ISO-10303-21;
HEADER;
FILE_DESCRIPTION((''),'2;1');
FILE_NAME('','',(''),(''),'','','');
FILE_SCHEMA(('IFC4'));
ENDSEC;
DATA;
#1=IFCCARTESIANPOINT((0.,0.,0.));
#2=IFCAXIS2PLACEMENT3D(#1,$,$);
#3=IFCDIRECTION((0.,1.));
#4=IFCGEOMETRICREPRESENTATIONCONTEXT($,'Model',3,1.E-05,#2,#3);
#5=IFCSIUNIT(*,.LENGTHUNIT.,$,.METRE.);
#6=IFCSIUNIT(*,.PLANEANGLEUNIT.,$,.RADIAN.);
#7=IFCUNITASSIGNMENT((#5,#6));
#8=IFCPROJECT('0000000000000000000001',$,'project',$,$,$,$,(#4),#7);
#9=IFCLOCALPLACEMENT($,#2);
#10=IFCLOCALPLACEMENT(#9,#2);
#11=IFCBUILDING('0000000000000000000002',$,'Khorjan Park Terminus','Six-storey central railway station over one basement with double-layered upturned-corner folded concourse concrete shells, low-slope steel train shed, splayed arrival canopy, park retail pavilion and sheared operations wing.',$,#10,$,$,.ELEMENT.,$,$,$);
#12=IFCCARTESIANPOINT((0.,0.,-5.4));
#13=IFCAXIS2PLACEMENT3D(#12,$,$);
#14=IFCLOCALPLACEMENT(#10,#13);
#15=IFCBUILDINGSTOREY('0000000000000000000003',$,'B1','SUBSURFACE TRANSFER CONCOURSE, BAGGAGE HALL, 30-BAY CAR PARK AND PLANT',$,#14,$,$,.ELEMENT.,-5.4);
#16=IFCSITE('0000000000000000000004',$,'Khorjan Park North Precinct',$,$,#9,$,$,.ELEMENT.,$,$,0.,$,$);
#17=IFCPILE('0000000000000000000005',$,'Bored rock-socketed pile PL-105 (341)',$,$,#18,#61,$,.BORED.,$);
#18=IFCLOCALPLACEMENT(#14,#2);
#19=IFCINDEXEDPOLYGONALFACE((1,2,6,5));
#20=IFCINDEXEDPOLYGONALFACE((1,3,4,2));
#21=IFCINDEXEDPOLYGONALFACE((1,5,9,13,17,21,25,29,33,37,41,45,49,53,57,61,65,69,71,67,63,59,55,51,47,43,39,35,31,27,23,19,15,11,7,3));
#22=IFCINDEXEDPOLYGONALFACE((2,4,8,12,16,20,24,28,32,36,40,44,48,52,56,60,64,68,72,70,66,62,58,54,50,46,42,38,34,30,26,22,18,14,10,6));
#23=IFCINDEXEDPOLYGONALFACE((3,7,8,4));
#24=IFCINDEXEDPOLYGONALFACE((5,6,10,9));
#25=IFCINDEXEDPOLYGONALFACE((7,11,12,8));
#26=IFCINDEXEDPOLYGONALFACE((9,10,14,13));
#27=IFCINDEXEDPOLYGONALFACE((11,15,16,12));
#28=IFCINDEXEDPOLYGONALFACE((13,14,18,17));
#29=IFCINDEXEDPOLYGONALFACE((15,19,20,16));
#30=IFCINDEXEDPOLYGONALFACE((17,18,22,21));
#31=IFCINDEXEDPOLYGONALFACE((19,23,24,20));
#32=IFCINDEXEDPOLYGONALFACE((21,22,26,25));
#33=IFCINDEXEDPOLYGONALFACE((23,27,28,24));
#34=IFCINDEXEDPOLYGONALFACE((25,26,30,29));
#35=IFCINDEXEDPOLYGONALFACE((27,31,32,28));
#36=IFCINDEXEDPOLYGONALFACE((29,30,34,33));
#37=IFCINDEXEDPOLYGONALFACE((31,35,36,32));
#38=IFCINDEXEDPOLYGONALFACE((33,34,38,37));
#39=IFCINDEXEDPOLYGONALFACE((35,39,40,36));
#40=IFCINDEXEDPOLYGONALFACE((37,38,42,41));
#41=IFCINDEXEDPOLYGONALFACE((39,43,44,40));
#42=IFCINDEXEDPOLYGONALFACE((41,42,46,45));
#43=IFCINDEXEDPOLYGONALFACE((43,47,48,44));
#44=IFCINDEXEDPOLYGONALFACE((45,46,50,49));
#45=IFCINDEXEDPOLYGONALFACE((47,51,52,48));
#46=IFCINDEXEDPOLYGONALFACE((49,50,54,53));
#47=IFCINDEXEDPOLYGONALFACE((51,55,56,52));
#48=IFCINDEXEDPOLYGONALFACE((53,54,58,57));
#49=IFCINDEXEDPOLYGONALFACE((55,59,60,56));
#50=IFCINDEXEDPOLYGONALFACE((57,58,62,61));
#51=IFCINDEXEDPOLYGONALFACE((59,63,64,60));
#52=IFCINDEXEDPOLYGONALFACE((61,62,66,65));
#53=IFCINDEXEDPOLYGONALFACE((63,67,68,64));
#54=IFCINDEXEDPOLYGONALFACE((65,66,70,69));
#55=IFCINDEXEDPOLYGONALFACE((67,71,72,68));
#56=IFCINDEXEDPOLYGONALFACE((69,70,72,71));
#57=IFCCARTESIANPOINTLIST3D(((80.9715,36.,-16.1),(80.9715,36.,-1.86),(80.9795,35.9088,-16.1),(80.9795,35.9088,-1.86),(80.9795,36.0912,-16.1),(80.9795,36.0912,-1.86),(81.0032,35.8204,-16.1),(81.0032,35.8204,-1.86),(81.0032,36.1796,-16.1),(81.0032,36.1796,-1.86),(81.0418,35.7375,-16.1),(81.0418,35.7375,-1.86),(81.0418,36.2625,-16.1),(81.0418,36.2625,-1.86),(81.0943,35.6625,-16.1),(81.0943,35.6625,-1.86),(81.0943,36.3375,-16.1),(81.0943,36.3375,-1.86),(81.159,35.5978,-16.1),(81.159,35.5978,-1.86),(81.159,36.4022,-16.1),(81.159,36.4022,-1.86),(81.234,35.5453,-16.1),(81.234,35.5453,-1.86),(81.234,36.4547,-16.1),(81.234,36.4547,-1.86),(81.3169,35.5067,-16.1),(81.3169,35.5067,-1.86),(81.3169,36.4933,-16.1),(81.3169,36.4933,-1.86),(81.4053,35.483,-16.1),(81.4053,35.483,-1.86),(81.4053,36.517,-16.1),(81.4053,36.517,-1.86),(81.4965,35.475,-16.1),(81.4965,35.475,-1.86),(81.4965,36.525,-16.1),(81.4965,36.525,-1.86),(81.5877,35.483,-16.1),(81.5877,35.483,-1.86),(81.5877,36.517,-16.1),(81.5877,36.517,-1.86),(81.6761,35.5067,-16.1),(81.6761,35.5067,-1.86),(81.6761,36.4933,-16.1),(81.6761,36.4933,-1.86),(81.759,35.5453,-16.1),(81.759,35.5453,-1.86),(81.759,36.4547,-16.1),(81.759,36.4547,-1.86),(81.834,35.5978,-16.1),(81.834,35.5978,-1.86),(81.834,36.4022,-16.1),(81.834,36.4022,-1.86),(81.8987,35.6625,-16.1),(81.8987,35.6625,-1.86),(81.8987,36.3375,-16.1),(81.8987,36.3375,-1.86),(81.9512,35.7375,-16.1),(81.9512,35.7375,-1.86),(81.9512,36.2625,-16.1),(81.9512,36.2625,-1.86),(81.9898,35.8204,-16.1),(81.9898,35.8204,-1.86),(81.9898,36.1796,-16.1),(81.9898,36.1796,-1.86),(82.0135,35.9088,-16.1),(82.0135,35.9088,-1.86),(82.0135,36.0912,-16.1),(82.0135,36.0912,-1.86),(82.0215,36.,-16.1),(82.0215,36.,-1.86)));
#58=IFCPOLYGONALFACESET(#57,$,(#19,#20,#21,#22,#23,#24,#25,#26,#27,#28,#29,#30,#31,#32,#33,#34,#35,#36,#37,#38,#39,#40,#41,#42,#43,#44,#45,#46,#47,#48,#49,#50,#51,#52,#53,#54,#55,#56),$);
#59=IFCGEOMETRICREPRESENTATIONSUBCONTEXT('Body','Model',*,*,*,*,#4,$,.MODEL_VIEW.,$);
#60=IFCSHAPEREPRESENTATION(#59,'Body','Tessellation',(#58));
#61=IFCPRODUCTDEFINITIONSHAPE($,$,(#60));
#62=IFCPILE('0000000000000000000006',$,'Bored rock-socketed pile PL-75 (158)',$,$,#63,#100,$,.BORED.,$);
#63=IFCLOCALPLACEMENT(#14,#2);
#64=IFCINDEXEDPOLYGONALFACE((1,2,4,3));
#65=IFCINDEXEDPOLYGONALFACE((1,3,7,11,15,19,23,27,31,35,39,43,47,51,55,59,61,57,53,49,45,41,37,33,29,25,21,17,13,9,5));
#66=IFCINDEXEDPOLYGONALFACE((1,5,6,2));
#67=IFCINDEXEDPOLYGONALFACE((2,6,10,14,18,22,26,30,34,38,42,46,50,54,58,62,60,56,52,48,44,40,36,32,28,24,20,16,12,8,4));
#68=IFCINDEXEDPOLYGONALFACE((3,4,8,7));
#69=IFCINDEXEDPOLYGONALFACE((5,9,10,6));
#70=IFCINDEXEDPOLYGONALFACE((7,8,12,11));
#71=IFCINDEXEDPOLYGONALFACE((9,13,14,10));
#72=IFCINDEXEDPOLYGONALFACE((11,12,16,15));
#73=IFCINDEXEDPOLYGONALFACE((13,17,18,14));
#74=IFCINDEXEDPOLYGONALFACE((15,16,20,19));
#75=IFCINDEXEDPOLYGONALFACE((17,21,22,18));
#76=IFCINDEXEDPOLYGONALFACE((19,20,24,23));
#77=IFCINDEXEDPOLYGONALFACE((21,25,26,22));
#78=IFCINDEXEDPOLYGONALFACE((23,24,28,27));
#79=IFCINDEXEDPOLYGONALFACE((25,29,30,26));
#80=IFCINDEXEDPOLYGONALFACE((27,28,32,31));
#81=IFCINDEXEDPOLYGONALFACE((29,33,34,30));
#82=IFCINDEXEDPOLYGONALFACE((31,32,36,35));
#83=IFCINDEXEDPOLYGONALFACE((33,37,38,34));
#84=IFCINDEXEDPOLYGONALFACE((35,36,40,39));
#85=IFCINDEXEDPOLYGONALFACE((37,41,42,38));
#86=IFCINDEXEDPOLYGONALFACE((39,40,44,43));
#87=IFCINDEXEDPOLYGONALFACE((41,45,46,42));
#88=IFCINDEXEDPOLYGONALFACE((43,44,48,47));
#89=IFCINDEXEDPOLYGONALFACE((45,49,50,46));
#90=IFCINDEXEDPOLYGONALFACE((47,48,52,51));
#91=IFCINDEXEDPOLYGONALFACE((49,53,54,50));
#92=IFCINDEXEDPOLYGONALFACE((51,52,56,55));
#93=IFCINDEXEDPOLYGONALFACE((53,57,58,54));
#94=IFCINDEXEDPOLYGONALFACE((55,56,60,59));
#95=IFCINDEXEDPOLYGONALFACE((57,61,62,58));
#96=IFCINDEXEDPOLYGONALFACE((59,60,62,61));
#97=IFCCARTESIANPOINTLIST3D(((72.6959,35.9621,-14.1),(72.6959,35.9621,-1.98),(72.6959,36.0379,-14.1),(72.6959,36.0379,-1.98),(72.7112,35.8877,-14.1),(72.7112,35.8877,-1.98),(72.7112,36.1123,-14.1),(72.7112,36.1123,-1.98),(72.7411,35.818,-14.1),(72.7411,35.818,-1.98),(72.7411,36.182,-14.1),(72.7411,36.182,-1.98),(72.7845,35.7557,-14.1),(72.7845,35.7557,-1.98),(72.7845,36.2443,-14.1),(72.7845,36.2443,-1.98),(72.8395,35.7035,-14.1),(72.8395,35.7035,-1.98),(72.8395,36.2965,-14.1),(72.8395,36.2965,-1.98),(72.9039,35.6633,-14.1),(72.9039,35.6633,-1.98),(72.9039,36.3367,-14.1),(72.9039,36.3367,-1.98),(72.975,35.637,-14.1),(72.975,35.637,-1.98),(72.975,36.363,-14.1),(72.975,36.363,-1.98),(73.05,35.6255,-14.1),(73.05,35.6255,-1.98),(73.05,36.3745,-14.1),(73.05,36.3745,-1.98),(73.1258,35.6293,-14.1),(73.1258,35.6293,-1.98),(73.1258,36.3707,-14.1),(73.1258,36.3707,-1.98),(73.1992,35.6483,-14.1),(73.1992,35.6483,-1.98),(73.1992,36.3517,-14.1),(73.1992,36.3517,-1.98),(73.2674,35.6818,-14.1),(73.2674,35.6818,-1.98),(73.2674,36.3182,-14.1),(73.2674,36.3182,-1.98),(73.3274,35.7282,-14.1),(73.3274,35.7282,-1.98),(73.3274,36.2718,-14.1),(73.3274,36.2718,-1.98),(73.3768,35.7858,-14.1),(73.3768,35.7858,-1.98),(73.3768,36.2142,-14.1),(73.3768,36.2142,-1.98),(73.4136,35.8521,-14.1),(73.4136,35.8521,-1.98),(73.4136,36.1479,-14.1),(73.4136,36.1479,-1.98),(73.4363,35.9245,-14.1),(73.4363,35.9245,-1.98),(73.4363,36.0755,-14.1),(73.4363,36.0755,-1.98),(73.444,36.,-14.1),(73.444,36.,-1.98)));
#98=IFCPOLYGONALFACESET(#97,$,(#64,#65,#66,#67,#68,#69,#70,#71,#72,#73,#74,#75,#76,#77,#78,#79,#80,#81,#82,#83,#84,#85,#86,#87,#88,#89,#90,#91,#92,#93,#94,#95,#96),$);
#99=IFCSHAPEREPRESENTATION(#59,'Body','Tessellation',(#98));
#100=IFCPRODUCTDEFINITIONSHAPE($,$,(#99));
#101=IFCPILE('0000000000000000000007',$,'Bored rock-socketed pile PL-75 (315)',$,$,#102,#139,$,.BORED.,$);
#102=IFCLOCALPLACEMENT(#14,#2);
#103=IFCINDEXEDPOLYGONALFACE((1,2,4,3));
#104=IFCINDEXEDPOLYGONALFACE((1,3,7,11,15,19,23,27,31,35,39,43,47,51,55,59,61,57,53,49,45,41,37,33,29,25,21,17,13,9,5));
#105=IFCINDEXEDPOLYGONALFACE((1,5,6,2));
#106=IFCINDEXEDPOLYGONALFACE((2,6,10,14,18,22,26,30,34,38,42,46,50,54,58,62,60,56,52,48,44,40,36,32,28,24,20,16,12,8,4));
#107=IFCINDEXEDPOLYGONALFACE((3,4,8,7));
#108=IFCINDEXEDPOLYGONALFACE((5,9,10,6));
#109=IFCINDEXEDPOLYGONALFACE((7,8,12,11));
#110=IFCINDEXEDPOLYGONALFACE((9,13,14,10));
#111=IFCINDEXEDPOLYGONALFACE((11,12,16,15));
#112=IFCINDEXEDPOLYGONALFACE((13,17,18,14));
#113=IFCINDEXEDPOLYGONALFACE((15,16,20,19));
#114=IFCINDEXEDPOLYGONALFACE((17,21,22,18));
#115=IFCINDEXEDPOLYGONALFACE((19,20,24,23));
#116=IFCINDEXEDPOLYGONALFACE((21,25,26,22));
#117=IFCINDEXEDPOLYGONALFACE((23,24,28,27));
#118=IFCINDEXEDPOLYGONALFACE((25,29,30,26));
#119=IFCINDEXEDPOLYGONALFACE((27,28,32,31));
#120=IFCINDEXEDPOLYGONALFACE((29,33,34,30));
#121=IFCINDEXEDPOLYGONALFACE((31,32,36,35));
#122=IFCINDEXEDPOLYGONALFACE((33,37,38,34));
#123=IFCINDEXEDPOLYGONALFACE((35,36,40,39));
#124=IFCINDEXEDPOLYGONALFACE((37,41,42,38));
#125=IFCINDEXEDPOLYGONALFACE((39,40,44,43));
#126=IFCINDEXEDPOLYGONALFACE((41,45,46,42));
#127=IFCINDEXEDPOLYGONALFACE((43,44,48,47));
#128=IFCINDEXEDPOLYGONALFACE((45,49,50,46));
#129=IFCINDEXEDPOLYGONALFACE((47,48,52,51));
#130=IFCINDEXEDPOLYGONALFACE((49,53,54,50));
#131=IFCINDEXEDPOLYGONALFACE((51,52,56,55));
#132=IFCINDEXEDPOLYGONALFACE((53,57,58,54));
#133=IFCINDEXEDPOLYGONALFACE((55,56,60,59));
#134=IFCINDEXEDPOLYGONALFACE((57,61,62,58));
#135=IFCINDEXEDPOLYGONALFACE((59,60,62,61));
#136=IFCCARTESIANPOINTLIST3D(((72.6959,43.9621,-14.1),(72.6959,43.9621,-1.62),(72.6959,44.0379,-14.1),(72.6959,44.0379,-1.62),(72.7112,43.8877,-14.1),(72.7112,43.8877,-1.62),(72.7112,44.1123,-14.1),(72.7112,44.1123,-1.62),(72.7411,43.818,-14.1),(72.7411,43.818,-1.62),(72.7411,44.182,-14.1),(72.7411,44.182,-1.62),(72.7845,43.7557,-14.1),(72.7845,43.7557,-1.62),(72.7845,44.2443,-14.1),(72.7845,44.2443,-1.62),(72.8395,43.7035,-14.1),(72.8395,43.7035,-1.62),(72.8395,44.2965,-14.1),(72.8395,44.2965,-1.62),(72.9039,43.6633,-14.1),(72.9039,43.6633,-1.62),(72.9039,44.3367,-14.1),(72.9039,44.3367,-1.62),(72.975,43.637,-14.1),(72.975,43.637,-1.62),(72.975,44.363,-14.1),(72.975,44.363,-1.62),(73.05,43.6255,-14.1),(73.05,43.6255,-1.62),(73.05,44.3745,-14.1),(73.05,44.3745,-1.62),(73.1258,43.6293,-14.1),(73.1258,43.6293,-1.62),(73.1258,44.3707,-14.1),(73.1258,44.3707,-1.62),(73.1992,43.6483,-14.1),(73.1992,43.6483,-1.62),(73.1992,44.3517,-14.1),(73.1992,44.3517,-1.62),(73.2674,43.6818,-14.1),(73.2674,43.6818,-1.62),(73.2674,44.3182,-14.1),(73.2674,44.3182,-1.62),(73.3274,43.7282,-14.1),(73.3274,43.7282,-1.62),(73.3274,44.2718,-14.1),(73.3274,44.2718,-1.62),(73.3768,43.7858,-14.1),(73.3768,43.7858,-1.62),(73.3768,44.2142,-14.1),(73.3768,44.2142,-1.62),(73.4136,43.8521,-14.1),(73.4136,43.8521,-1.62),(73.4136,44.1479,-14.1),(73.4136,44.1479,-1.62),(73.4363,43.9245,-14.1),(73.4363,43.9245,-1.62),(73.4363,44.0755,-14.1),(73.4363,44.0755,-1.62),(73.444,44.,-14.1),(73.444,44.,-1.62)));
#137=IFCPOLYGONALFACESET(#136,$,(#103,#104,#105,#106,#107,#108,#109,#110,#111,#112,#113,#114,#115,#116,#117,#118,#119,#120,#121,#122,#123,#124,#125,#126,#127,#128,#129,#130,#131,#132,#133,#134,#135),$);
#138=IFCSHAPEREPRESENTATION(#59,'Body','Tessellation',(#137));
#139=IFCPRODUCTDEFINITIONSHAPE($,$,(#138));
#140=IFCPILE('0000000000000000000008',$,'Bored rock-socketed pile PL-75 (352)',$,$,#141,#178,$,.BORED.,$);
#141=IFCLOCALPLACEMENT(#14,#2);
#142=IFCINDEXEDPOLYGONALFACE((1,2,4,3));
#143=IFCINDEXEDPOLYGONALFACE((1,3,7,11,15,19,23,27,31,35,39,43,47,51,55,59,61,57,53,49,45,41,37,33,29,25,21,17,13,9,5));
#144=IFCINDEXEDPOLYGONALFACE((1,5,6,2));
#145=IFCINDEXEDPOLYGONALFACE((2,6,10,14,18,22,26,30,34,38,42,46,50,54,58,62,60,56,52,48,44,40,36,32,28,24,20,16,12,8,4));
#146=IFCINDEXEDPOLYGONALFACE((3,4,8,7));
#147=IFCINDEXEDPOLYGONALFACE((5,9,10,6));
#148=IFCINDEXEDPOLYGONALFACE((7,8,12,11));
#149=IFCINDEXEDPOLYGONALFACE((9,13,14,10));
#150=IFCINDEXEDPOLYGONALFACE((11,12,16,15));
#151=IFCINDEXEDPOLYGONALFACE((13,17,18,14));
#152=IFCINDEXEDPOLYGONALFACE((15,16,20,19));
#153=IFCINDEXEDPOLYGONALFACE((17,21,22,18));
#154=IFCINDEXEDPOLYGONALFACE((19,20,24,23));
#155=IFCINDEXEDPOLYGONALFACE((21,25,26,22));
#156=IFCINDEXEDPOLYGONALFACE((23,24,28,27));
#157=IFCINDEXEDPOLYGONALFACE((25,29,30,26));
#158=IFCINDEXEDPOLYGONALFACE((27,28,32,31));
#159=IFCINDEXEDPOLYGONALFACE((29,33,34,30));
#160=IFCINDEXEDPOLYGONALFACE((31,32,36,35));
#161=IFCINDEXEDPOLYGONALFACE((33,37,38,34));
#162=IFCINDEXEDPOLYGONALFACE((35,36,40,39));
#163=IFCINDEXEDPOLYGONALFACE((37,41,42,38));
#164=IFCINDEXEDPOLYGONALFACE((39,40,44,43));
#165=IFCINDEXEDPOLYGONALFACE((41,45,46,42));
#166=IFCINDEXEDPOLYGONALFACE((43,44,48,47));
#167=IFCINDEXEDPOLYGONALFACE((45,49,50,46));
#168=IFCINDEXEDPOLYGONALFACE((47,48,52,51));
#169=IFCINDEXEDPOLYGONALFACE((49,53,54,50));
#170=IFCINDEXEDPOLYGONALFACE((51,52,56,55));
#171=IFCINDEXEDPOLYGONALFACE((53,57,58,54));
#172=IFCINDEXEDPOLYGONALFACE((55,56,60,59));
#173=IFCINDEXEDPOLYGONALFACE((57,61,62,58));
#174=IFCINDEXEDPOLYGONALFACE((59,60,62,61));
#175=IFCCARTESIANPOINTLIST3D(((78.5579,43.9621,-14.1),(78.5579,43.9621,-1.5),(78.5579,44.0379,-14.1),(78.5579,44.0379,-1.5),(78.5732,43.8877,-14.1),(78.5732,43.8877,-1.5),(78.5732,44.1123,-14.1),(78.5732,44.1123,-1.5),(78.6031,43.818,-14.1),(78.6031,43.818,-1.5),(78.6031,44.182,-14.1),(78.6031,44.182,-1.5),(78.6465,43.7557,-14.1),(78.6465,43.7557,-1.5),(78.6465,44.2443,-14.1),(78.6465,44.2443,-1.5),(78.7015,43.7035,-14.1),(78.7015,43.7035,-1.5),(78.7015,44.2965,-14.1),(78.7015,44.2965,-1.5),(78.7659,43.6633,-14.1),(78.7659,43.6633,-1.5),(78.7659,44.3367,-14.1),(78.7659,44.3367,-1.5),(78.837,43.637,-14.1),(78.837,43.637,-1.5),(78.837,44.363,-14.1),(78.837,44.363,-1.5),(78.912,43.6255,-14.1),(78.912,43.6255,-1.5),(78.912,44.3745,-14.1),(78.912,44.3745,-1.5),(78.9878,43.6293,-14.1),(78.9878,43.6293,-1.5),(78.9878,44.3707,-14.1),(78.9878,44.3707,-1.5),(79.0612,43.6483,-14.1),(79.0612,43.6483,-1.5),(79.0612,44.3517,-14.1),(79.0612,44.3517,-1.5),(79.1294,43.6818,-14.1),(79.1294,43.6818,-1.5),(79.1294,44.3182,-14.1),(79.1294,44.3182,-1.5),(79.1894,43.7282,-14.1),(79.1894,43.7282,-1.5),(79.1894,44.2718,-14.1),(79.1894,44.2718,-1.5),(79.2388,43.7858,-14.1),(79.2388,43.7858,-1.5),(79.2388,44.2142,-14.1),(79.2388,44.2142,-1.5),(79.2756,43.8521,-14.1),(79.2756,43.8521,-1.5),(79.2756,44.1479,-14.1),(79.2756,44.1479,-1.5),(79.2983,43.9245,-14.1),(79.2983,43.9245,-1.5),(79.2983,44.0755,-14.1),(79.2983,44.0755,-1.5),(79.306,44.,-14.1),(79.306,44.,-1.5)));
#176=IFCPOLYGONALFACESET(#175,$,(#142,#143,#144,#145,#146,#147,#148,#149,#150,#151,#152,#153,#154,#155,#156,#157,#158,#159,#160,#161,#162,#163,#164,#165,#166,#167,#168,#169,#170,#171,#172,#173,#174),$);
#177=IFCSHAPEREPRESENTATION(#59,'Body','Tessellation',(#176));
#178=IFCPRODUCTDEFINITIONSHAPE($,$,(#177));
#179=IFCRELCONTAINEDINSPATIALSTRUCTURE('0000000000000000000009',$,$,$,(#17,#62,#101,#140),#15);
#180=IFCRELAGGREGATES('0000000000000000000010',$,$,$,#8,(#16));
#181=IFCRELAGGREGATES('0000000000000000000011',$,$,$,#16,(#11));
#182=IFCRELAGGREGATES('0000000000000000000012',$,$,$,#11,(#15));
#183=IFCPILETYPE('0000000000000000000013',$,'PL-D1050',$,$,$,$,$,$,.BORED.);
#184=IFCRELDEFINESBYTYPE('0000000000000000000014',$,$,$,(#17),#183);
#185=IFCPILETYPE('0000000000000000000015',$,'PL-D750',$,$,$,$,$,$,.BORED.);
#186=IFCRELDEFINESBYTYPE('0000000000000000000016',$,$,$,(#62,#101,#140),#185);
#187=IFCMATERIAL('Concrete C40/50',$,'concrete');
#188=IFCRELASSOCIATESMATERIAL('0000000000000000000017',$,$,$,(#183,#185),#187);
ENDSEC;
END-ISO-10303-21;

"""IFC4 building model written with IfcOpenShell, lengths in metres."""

from ifc_helpers import new_model, si_unit, direction, frame, origin, origin_2d, place, context, subcontext, project, spatial, circle, extrude, material, material_profile, profile_set, type_object, element, save


model = new_model("IFC4")

# Units and contexts
model_context = context("Model", 3, precision=1e-05, world=origin(), true_north=direction((0.0, 1.0)))
body_context = subcontext(model_context, "Body", "Model", "MODEL_VIEW")
ifc_project = project(units=[si_unit("LENGTHUNIT", "METRE"), si_unit("PLANEANGLEUNIT", "RADIAN")], contexts=[model_context])

# Site, building, storey
site_placement = place(None, origin())
site = spatial("IfcSite", under=ifc_project, at=site_placement, Name="Khorjan Park North Precinct", CompositionType="ELEMENT", RefElevation=0.0)
building_placement = place(site_placement, origin())
building = spatial("IfcBuilding", under=site, at=building_placement, Name="Khorjan Park Terminus", Description="Six-storey central railway station over one basement with double-layered upturned-corner folded concourse concrete shells, low-slope steel train shed, splayed arrival canopy, park retail pavilion and sheared operations wing.", CompositionType="ELEMENT")
storey_placement = place(building_placement, frame((0.0, 0.0, -5.4)))
storey = spatial("IfcBuildingStorey", under=building, at=storey_placement, Name="B1", Description="SUBSURFACE TRANSFER CONCOURSE, BAGGAGE HALL, 30-BAY CAR PARK AND PLANT", CompositionType="ELEMENT", Elevation=-5.4)

# Shared definitions
ifc_material_1 = material(Name="Concrete C40/50", Category="concrete")

# Piles
ifc_material_profile_1 = material_profile(ifc_material_1, circle(Radius=0.525, at=origin_2d()), Name="BORED D1050")
ifc_profile_set_1 = profile_set([ifc_material_profile_1], Name="Concrete C40/50")
pile_type_1 = type_object("IfcPileType", Name="PL-D1050", PredefinedType="BORED", material=ifc_profile_set_1)
for number, where, z_axis, x_axis, name in (
    (1, (81.4965, 36.0, -1.86), (0.0, 0.0, -1.0), (1.0, 0.0, 0.0), "Bored rock-socketed pile PL-105 (341)"),
):
    element("IfcPile", number, at=place(storey_placement, frame(where, z_axis=z_axis, x_axis=x_axis)), inside=storey, type_object=pile_type_1, Name=name, PredefinedType="BORED", context=body_context, shape_type="SweptSolid", body=[
        extrude(circle(Radius=0.525, at=origin_2d()), origin(), (0.0, 0.0, 1.0), 14.24),
    ])
ifc_material_profile_2 = material_profile(ifc_material_1, circle(Radius=0.375, at=origin_2d()), Name="BORED D750")
ifc_profile_set_2 = profile_set([ifc_material_profile_2], Name="Concrete C40/50")
pile_type_2 = type_object("IfcPileType", Name="PL-D750", PredefinedType="BORED", material=ifc_profile_set_2)
pile_1_placement = place(storey_placement, frame((73.069, 36.0, -1.98), z_axis=(0.0, 0.0, -1.0), x_axis=(1.0, 0.0, 0.0)))
element("IfcPile", 2, at=pile_1_placement, inside=storey, type_object=pile_type_2, Name="Bored rock-socketed pile PL-75 (158)", PredefinedType="BORED", context=body_context, shape_type="SweptSolid", body=[
    extrude(circle(Radius=0.375, at=origin_2d()), origin(), (0.0, 0.0, 1.0), 12.12),
])
pile_2_placement = place(storey_placement, frame((73.069, 44.0, -1.62), z_axis=(0.0, 0.0, -1.0), x_axis=(1.0, 0.0, 0.0)))
element("IfcPile", 3, at=pile_2_placement, inside=storey, type_object=pile_type_2, Name="Bored rock-socketed pile PL-75 (315)", PredefinedType="BORED", context=body_context, shape_type="SweptSolid", body=[
    extrude(circle(Radius=0.375, at=origin_2d()), origin(), (0.0, 0.0, 1.0), 12.48),
])
for number, where, z_axis, x_axis, name in (
    (4, (78.931, 44.0, -1.5), (0.0, 0.0, -1.0), (1.0, 0.0, 0.0), "Bored rock-socketed pile PL-75 (352)"),
):
    element("IfcPile", number, at=place(storey_placement, frame(where, z_axis=z_axis, x_axis=x_axis)), inside=storey, type_object=pile_type_2, Name=name, PredefinedType="BORED", context=body_context, shape_type="SweptSolid", body=[
        extrude(circle(Radius=0.375, at=origin_2d()), origin(), (0.0, 0.0, 1.0), 12.6),
    ])

save(model, "model.ifc")
